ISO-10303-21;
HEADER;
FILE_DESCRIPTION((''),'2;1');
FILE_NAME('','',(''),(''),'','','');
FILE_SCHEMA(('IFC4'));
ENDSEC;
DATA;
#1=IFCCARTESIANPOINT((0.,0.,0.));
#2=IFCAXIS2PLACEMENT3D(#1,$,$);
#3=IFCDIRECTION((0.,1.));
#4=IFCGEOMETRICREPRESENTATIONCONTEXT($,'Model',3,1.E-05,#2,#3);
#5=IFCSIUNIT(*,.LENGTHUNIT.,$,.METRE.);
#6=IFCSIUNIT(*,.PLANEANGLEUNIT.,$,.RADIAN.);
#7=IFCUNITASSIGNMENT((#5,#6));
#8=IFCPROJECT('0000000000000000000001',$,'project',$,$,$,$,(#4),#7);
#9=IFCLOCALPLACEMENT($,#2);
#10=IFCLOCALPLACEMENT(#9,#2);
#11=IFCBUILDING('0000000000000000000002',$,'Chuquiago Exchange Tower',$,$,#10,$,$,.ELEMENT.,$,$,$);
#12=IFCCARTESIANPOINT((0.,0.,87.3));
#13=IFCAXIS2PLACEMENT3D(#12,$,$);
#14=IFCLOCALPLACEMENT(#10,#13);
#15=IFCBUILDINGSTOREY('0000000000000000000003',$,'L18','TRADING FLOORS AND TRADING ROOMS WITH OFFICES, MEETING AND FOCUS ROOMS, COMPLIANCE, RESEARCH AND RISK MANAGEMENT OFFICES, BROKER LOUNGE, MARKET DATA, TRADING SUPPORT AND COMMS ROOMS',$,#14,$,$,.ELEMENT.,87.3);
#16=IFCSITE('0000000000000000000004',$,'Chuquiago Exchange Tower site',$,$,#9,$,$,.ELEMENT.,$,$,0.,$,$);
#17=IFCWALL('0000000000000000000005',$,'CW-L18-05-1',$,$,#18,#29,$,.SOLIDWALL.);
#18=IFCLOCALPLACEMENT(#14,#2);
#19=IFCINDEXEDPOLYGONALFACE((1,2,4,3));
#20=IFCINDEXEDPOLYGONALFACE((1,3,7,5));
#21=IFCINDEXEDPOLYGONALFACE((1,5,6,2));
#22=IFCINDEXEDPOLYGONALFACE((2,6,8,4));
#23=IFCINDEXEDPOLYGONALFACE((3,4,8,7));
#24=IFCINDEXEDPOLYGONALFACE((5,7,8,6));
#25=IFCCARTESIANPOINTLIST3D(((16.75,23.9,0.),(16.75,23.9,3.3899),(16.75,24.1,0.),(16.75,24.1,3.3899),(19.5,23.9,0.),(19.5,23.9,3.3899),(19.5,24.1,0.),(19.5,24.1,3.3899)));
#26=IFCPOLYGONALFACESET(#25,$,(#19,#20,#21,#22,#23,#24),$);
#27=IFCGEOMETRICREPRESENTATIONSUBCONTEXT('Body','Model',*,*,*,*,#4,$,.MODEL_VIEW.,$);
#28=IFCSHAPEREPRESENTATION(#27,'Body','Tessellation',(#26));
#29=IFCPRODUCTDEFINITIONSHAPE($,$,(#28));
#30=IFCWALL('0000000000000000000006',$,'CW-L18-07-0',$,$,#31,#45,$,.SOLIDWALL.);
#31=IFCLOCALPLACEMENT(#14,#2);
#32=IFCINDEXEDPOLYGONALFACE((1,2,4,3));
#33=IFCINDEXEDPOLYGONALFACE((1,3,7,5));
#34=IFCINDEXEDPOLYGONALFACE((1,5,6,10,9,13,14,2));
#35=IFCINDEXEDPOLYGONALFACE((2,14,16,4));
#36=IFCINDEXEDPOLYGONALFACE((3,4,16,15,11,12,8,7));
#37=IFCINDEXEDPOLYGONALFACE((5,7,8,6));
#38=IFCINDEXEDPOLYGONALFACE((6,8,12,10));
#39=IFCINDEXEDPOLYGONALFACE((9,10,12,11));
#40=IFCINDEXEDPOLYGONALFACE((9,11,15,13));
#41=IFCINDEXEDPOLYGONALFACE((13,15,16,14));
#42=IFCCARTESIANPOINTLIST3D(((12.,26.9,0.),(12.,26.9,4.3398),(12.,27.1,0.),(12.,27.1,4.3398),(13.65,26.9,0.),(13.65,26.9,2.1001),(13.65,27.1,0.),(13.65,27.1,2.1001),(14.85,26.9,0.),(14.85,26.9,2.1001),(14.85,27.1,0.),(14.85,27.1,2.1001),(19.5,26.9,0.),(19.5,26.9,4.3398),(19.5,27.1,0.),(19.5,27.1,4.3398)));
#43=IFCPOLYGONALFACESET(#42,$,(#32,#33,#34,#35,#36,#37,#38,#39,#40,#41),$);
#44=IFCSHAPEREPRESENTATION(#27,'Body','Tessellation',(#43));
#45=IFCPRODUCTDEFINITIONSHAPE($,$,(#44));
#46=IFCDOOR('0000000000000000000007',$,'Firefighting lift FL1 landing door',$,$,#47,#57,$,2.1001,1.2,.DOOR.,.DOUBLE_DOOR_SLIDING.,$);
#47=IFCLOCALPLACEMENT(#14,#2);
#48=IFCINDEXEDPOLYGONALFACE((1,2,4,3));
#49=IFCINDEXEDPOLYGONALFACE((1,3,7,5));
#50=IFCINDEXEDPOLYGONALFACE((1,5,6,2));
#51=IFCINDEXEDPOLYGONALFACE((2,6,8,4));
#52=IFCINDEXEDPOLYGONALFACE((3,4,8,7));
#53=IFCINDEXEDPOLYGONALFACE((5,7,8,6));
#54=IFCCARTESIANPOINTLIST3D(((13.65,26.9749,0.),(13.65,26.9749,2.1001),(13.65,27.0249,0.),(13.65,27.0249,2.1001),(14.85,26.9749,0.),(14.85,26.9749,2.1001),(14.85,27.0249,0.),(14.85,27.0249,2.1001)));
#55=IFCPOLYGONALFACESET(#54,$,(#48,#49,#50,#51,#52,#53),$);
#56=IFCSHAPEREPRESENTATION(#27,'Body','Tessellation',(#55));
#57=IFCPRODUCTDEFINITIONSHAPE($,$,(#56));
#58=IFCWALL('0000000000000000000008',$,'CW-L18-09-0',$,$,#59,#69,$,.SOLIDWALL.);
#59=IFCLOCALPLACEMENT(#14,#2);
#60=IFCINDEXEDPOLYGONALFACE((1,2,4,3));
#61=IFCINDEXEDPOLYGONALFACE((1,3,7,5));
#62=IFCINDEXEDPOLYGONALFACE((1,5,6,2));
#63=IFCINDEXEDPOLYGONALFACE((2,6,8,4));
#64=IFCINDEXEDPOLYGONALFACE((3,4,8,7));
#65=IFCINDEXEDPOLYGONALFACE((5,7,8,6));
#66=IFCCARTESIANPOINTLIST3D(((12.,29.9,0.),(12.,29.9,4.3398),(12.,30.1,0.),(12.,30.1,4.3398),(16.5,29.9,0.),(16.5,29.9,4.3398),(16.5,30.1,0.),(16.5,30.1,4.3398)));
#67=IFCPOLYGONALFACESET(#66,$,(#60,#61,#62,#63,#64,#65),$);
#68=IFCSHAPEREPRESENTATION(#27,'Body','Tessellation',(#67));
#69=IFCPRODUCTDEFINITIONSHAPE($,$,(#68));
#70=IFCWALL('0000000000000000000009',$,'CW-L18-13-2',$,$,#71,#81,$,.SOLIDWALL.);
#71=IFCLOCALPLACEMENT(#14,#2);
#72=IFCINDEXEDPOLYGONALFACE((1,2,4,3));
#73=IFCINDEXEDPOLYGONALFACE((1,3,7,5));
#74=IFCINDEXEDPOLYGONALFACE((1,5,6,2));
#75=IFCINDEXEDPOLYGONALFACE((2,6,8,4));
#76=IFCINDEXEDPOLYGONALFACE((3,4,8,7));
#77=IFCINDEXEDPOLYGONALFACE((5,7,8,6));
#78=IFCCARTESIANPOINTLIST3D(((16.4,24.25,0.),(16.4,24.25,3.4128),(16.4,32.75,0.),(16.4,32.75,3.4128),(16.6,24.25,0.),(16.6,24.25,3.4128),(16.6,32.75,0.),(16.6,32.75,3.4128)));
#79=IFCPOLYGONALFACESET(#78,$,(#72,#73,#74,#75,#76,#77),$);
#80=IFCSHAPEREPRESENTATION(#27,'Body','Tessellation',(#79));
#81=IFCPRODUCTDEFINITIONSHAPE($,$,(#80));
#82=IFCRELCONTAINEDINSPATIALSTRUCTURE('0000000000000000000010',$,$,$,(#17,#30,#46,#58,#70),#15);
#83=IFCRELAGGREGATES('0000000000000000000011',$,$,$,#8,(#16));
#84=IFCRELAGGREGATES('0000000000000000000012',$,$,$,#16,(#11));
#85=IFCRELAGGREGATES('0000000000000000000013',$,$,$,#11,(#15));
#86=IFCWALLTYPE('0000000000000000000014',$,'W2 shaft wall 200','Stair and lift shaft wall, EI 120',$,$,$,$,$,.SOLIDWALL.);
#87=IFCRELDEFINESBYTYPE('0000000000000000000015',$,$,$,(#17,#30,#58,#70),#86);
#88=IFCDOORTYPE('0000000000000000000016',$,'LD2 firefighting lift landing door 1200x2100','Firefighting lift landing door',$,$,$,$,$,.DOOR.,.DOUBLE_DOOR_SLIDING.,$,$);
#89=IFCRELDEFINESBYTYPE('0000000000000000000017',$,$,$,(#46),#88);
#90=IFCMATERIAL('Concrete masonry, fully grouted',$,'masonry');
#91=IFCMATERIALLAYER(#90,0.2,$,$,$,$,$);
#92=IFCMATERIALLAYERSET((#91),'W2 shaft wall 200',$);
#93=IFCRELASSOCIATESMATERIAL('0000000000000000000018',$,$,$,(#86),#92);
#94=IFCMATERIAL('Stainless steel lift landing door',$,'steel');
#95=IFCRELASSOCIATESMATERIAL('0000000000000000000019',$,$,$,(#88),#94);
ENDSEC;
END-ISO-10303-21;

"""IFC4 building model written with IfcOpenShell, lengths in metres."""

from ifc_helpers import new_model, si_unit, direction, frame, frame_2d, origin, place, context, subcontext, project, spatial, rectangle, extrude, material, layer, layer_set, type_object, element, fill, save


model = new_model("IFC4")

# Units and contexts
model_context = context("Model", 3, precision=1e-05, world=origin(), true_north=direction((0.0, 1.0)))
body_context = subcontext(model_context, "Body", "Model", "MODEL_VIEW")
ifc_project = project(units=[si_unit("LENGTHUNIT", "METRE"), si_unit("PLANEANGLEUNIT", "RADIAN")], contexts=[model_context])

# Site, building, storey
site_placement = place(None, origin())
site = spatial("IfcSite", under=ifc_project, at=site_placement, Name="Chuquiago Exchange Tower site", CompositionType="ELEMENT", RefElevation=0.0)
building_placement = place(site_placement, origin())
building = spatial("IfcBuilding", under=site, at=building_placement, Name="Chuquiago Exchange Tower", CompositionType="ELEMENT")
storey_placement = place(building_placement, frame((0.0, 0.0, 87.3)))
storey = spatial("IfcBuildingStorey", under=building, at=storey_placement, Name="L18", Description="TRADING FLOORS AND TRADING ROOMS WITH OFFICES, MEETING AND FOCUS ROOMS, COMPLIANCE, RESEARCH AND RISK MANAGEMENT OFFICES, BROKER LOUNGE, MARKET DATA, TRADING SUPPORT AND COMMS ROOMS", CompositionType="ELEMENT", Elevation=87.3)

# Shared definitions
ifc_material_1 = material(Name="Concrete masonry, fully grouted", Category="masonry")
ifc_layer_1 = layer(ifc_material_1, 0.2)
ifc_layer_set_1 = layer_set([ifc_layer_1], Name="W2 shaft wall 200")
wall_type_1 = type_object("IfcWallType", Name="W2 shaft wall 200", Description="Stair and lift shaft wall, EI 120", PredefinedType="SOLIDWALL", material=ifc_layer_set_1)

# Wall
wall_1_placement = place(storey_placement, frame((16.75, 24.0, 0.0), z_axis=(0.0, 0.0, 1.0), x_axis=(1.0, 0.0, 0.0)))
element("IfcWall", 1, at=wall_1_placement, inside=storey, type_object=wall_type_1, Name="CW-L18-05-1", PredefinedType="SOLIDWALL", context=body_context, shape_type="SweptSolid", body=[
    extrude(rectangle(XDim=2.75, YDim=0.2, at=frame_2d((1.375, 0.0))), origin(), (0.0, 0.0, 1.0), 3.3899),
])

# Wall, opening, door
wall_2_placement = place(storey_placement, frame((12.0, 27.0, 0.0), z_axis=(0.0, 0.0, 1.0), x_axis=(1.0, 0.0, 0.0)))
wall_2 = element("IfcWall", 2, at=wall_2_placement, inside=storey, type_object=wall_type_1, Name="CW-L18-07-0", PredefinedType="SOLIDWALL", context=body_context, shape_type="SweptSolid", body=[
    extrude(rectangle(XDim=7.5, YDim=0.2, at=frame_2d((3.75, 0.0))), origin(), (0.0, 0.0, 1.0), 4.3398),
])
opening_1_placement = place(wall_2_placement, frame((1.6499, 0.0, 0.0)))
opening_1 = element("IfcOpeningElement", 3, at=opening_1_placement, cuts=wall_2, PredefinedType="OPENING", context=body_context, shape_type="SweptSolid", body=[
    extrude(rectangle(XDim=1.2, YDim=2.1001, at=frame_2d((0.6001, 1.05))), frame((0.0, 0.1099, 0.0), z_axis=(0.0, -1.0, 0.0), x_axis=(1.0, 0.0, 0.0)), (0.0, 0.0, 1.0), 0.22),
])
ifc_material_2 = material(Name="Stainless steel lift landing door", Category="steel")
door_type_1 = type_object("IfcDoorType", Name="LD2 firefighting lift landing door 1200x2100", Description="Firefighting lift landing door", OperationType="DOUBLE_DOOR_SLIDING", PredefinedType="DOOR", material=ifc_material_2)
door_1_placement = place(opening_1_placement, origin())
door_1 = element("IfcDoor", 4, at=door_1_placement, inside=storey, type_object=door_type_1, Name="Firefighting lift FL1 landing door", OperationType="DOUBLE_DOOR_SLIDING", OverallHeight=2.1001, OverallWidth=1.2, PredefinedType="DOOR", context=body_context, shape_type="SweptSolid", body=[
    extrude(rectangle(XDim=1.2, YDim=2.1001, at=frame_2d((0.6001, 1.05))), frame((0.0, 0.0249, 0.0), z_axis=(0.0, -1.0, 0.0), x_axis=(1.0, 0.0, 0.0)), (0.0, 0.0, 1.0), 0.05),
])
fill(opening_1, door_1)

# Walls
wall_3_placement = place(storey_placement, frame((12.0, 30.0, 0.0), z_axis=(0.0, 0.0, 1.0), x_axis=(1.0, 0.0, 0.0)))
element("IfcWall", 5, at=wall_3_placement, inside=storey, type_object=wall_type_1, Name="CW-L18-09-0", PredefinedType="SOLIDWALL", context=body_context, shape_type="SweptSolid", body=[
    extrude(rectangle(XDim=4.5, YDim=0.2, at=frame_2d((2.25, 0.0))), origin(), (0.0, 0.0, 1.0), 4.3398),
])
wall_4_placement = place(storey_placement, frame((16.5, 24.25, 0.0), z_axis=(0.0, 0.0, 1.0), x_axis=(0.0, 1.0, 0.0)))
element("IfcWall", 6, at=wall_4_placement, inside=storey, type_object=wall_type_1, Name="CW-L18-13-2", PredefinedType="SOLIDWALL", context=body_context, shape_type="SweptSolid", body=[
    extrude(rectangle(XDim=8.5, YDim=0.2, at=frame_2d((4.25, 0.0))), origin(), (0.0, 0.0, 1.0), 3.4128),
])

save(model, "model.ifc")
